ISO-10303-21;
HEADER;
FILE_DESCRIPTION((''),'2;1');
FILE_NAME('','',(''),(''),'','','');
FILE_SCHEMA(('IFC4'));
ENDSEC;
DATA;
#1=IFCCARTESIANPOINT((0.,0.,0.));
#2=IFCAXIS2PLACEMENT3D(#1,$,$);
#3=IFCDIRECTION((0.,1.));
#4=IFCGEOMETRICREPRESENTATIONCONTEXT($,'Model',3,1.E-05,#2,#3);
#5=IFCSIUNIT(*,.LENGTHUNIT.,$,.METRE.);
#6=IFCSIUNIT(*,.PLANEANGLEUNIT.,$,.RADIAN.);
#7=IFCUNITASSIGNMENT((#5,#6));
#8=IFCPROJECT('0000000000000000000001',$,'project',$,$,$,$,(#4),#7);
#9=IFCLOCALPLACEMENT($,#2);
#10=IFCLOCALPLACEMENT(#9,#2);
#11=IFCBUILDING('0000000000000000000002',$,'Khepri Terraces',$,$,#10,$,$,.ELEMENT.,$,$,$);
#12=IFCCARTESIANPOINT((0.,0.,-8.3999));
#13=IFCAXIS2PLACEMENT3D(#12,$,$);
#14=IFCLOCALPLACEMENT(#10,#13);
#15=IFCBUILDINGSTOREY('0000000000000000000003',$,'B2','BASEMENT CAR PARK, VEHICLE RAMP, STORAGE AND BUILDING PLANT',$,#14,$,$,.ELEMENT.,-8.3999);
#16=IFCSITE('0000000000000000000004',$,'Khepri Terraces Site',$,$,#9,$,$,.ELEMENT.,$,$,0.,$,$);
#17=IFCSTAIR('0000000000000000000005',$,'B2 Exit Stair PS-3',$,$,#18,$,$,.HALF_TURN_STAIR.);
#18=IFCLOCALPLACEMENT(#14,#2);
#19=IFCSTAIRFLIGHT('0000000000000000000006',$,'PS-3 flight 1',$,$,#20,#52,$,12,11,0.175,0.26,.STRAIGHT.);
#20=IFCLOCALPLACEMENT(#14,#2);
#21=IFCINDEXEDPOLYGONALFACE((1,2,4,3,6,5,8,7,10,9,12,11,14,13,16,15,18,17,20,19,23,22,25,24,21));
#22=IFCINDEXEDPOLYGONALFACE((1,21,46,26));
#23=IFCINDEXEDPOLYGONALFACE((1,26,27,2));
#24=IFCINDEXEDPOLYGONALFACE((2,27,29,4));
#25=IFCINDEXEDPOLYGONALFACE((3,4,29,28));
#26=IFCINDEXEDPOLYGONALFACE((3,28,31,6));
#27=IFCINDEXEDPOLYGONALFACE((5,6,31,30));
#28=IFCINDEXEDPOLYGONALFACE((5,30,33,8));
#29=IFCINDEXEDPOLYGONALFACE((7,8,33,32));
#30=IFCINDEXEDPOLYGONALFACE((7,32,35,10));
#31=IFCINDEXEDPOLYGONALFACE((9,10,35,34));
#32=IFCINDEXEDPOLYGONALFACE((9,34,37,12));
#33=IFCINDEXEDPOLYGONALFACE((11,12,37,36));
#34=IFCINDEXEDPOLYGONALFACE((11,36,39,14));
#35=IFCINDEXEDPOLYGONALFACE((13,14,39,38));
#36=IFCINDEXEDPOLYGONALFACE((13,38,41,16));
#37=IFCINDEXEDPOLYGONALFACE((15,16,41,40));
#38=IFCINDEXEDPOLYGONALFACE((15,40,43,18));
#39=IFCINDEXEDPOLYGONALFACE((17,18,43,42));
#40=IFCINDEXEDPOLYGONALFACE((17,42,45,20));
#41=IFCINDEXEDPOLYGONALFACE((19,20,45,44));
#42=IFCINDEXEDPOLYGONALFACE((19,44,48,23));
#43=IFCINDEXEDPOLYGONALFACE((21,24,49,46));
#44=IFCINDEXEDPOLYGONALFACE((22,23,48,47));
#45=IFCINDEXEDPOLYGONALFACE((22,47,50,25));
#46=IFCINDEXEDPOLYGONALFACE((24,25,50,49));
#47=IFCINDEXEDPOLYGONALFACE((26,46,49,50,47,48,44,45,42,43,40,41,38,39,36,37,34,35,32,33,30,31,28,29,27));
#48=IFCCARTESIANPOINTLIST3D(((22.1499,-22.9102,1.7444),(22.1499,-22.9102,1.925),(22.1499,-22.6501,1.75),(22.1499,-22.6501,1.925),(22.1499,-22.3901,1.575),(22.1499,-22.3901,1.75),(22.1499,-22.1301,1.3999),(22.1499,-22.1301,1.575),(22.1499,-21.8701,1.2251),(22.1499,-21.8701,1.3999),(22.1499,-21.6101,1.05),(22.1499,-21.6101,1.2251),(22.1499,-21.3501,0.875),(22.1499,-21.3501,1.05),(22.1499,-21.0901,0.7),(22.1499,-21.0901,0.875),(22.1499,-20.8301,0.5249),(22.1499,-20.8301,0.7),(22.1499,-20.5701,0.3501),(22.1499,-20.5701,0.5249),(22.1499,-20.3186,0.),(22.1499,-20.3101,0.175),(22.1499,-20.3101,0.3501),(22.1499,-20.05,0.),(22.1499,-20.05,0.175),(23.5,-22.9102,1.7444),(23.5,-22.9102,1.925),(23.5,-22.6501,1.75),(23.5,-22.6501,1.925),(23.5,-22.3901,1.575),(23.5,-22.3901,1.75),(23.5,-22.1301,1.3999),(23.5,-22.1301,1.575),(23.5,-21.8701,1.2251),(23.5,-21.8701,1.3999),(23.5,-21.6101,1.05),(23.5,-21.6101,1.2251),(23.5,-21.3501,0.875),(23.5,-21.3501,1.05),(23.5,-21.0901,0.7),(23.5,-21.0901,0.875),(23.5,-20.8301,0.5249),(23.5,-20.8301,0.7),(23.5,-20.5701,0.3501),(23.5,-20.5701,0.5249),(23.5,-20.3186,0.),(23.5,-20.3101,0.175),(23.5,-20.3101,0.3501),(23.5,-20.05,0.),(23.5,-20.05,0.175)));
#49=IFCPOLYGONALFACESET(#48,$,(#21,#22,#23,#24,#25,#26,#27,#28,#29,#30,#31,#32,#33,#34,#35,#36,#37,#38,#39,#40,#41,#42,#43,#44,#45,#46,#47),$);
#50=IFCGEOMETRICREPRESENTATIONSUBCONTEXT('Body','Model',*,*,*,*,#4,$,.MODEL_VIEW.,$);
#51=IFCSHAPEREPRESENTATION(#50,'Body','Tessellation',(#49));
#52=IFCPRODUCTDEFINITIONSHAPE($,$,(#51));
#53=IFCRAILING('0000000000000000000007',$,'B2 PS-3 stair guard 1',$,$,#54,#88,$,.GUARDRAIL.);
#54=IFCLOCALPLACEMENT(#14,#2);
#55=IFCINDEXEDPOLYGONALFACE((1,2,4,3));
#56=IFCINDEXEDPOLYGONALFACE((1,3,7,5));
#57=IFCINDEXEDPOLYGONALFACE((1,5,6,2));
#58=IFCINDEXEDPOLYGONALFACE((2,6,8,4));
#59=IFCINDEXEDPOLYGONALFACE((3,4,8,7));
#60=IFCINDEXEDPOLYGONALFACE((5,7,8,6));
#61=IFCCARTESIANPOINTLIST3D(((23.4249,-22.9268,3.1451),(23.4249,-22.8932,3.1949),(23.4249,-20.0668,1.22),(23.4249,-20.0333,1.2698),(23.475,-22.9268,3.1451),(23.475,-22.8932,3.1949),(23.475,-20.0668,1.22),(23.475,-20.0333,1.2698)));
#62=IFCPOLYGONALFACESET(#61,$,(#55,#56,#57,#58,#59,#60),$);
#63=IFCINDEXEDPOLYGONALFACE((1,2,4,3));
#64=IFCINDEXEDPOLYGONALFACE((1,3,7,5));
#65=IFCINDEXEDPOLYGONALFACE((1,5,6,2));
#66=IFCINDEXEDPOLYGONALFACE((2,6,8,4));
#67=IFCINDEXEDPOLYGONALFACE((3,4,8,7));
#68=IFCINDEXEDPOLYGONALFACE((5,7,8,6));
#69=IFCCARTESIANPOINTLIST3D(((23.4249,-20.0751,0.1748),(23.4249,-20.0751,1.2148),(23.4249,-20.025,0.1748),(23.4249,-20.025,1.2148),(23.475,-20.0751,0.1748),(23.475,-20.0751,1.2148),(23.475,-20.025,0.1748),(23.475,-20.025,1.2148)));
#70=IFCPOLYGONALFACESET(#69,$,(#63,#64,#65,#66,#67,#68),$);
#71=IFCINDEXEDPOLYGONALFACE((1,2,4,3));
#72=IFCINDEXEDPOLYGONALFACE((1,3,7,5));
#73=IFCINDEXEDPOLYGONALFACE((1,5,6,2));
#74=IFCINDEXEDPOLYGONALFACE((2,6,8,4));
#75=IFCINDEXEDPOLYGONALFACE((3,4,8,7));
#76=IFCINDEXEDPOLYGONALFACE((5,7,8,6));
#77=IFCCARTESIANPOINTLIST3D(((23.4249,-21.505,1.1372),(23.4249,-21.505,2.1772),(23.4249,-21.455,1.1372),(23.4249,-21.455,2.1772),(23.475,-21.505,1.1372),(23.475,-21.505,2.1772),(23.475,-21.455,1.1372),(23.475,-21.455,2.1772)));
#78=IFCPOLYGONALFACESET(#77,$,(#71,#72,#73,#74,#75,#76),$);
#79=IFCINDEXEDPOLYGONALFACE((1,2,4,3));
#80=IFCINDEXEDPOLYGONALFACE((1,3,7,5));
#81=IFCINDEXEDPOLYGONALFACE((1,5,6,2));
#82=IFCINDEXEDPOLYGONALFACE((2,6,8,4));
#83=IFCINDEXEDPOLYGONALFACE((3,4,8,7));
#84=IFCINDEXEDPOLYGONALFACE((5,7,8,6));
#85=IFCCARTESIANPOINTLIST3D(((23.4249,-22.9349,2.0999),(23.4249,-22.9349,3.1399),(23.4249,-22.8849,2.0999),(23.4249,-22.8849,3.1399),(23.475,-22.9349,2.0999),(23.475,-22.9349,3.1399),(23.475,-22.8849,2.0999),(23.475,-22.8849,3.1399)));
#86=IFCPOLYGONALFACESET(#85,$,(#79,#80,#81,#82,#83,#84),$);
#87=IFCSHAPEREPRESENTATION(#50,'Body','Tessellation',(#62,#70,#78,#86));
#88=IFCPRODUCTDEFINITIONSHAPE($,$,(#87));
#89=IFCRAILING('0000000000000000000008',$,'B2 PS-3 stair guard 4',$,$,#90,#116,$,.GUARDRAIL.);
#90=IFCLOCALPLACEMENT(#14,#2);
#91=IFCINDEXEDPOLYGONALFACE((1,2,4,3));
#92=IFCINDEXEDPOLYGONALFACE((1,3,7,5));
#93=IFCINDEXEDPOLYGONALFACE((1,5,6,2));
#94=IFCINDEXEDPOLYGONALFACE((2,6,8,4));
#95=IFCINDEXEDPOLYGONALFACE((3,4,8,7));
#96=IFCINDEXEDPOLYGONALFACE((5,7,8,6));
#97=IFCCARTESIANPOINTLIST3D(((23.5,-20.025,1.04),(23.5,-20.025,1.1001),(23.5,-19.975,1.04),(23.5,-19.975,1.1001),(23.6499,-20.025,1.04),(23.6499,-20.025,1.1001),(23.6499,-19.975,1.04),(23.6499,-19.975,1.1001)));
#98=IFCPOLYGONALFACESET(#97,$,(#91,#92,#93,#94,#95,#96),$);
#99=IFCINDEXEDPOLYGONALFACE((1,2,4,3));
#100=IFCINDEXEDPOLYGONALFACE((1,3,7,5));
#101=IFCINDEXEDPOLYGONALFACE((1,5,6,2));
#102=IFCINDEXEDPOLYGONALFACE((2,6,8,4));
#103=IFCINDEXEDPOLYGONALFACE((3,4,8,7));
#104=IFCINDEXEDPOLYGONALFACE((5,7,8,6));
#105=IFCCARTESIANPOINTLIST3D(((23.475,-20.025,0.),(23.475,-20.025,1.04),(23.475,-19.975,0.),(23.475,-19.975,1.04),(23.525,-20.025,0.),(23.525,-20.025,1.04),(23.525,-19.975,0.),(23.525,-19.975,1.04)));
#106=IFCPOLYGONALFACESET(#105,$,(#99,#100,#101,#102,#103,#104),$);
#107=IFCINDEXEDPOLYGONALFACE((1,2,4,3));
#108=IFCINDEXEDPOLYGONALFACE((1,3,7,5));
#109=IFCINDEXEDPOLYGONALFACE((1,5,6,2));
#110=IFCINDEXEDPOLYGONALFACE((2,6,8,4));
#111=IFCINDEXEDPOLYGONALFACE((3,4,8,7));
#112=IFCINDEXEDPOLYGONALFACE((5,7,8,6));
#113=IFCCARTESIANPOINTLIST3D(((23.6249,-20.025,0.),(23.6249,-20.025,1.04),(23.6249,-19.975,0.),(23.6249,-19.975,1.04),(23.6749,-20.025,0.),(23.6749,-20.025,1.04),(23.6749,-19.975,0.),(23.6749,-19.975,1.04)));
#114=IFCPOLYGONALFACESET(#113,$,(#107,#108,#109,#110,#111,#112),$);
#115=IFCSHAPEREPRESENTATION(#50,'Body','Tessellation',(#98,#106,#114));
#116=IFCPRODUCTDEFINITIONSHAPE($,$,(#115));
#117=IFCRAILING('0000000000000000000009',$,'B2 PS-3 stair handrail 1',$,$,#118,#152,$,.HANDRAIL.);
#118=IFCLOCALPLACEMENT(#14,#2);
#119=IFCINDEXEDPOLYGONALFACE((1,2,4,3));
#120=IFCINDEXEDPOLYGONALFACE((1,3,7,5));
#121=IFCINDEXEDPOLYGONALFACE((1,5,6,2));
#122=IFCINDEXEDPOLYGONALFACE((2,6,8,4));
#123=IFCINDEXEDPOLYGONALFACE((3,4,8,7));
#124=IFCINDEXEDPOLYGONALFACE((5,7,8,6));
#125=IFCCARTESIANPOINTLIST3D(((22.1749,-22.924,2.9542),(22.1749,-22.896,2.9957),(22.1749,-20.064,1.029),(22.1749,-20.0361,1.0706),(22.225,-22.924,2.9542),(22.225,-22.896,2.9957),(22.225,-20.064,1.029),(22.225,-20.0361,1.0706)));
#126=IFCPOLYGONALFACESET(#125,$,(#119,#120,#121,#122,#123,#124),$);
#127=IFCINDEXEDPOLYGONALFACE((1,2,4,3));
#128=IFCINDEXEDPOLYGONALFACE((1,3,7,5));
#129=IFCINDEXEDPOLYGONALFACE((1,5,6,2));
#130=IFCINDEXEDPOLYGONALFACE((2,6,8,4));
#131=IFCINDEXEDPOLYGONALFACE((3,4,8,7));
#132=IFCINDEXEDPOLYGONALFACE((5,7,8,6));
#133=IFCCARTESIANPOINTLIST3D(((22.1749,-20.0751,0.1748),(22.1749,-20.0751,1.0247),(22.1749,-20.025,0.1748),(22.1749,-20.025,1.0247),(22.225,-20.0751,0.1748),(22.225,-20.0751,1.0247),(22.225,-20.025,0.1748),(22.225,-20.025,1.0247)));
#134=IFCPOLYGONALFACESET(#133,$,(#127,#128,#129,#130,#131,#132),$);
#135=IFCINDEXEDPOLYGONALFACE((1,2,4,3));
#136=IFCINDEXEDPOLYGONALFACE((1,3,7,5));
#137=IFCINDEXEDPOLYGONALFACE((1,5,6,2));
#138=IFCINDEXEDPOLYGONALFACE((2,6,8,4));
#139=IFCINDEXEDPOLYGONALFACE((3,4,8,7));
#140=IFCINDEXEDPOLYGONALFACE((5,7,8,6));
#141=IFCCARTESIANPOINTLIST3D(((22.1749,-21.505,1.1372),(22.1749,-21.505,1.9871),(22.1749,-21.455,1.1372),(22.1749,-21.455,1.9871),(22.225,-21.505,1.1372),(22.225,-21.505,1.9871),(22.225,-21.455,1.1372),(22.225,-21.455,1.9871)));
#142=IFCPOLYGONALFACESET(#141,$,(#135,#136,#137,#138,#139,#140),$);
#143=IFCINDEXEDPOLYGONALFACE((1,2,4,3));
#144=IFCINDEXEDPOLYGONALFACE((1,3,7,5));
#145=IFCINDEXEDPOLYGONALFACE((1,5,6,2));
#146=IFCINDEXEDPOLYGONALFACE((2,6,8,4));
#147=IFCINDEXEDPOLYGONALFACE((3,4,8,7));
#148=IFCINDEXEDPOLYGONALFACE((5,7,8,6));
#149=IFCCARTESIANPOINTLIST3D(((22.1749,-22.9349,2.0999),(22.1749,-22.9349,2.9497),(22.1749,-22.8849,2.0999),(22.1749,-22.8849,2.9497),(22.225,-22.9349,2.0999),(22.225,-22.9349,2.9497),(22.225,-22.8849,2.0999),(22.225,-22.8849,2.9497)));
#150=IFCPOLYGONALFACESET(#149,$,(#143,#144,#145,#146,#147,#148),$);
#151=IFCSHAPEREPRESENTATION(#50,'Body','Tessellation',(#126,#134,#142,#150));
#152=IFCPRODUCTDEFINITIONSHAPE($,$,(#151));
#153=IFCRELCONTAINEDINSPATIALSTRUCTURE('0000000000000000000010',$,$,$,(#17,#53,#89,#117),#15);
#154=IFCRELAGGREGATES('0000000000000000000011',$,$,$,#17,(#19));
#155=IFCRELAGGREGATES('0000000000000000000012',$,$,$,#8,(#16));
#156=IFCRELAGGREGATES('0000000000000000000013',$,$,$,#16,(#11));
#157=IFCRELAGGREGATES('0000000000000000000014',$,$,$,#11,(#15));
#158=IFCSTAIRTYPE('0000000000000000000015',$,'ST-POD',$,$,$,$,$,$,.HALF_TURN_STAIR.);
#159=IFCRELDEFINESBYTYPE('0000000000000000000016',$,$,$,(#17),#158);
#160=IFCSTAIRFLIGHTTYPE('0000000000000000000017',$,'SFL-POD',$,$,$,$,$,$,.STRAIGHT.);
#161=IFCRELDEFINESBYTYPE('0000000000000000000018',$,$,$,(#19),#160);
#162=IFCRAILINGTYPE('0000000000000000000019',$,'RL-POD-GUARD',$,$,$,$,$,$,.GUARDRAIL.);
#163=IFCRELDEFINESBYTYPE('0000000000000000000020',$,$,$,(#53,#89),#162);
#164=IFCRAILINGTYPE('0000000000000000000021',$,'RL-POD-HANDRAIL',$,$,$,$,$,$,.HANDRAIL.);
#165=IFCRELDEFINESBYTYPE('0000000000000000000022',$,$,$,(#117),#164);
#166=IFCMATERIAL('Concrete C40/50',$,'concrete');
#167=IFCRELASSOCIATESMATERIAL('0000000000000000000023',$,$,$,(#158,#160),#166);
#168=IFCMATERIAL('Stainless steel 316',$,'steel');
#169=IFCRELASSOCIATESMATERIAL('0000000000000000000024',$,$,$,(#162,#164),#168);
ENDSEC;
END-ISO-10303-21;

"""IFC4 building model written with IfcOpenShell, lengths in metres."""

from ifc_helpers import new_model, si_unit, direction, frame, origin, origin_2d, place, context, subcontext, project, spatial, polyline, rectangle, outline, extrude, material, type_object, element, aggregate, save


model = new_model("IFC4")

# Units and contexts
model_context = context("Model", 3, precision=1e-05, world=origin(), true_north=direction((0.0, 1.0)))
body_context = subcontext(model_context, "Body", "Model", "MODEL_VIEW")
ifc_project = project(units=[si_unit("LENGTHUNIT", "METRE"), si_unit("PLANEANGLEUNIT", "RADIAN")], contexts=[model_context])

# Site, building, storey
site_placement = place(None, origin())
site = spatial("IfcSite", under=ifc_project, at=site_placement, Name="Khepri Terraces Site", CompositionType="ELEMENT", RefElevation=0.0)
building_placement = place(site_placement, origin())
building = spatial("IfcBuilding", under=site, at=building_placement, Name="Khepri Terraces", CompositionType="ELEMENT")
storey_placement = place(building_placement, frame((0.0, 0.0, -8.3999)))
storey = spatial("IfcBuildingStorey", under=building, at=storey_placement, Name="B2", Description="BASEMENT CAR PARK, VEHICLE RAMP, STORAGE AND BUILDING PLANT", CompositionType="ELEMENT", Elevation=-8.3999)

# Shared definitions
ifc_material_1 = material(Name="Concrete C40/50", Category="concrete")

# Stair, stair flight
stair_type = type_object("IfcStairType", Name="ST-POD", PredefinedType="HALF_TURN_STAIR", material=ifc_material_1)
stair_placement = place(storey_placement, origin())
stair = element("IfcStair", 1, at=stair_placement, inside=storey, type_object=stair_type, Name="B2 Exit Stair PS-3", PredefinedType="HALF_TURN_STAIR")
stair_flight_type = type_object("IfcStairFlightType", Name="SFL-POD", PredefinedType="STRAIGHT", material=ifc_material_1)
stair_flight_placement = place(storey_placement, frame((22.825, -20.05, 0.0), z_axis=(0.0, 0.0, 1.0), x_axis=(0.0, -1.0, 0.0)))
stair_flight = element("IfcStairFlight", 2, at=stair_flight_placement, type_object=stair_flight_type, Name="PS-3 flight 1", NumberOfRisers=12, NumberOfTreads=11, PredefinedType="STRAIGHT", RiserHeight=0.175, TreadLength=0.26, context=body_context, shape_type="SweptSolid", body=[
    extrude(outline(polyline([(0.0, 0.0), (0.0, 0.175), (0.26, 0.175), (0.26, 0.3501), (0.52, 0.3501), (0.52, 0.5249), (0.78, 0.5249), (0.78, 0.7), (1.04, 0.7), (1.04, 0.875), (1.3, 0.875), (1.3, 1.05), (1.5601, 1.05), (1.5601, 1.2251), (1.8201, 1.2251), (1.8201, 1.3999), (2.0801, 1.3999), (2.0801, 1.575), (2.3401, 1.575), (2.3401, 1.75), (2.6001, 1.75), (2.6001, 1.925), (2.8601, 1.925), (2.8601, 2.1001), (2.8601, 1.7444), (0.2686, 0.0), (0.0, 0.0)])), frame((0.0, 0.675, 0.0), z_axis=(0.0, -1.0, 0.0), x_axis=(1.0, 0.0, 0.0)), (0.0, 0.0, 1.0), 1.3501),
])
aggregate(stair, [stair_flight])

# Railings
ifc_material_2 = material(Name="Stainless steel 316", Category="steel")
railing_type_1 = type_object("IfcRailingType", Name="RL-POD-GUARD", PredefinedType="GUARDRAIL", material=ifc_material_2)
railing_1_placement = place(storey_placement, frame((23.45, -20.05, 0.1748)))
element("IfcRailing", 3, at=railing_1_placement, inside=storey, type_object=railing_type_1, Name="B2 PS-3 stair guard 1", PredefinedType="GUARDRAIL", context=body_context, shape_type="SweptSolid", body=[
    extrude(rectangle(XDim=0.05, YDim=0.0601, at=origin_2d()), frame((0.0, 0.0, 1.0701), z_axis=(0.0, -0.829569, 0.558404), x_axis=(1.0, 0.0, 0.0)), (0.0, 0.0, 1.0), 3.4475),
    extrude(rectangle(XDim=0.05, YDim=0.05, at=origin_2d()), origin(), (0.0, 0.0, 1.0), 1.04),
    extrude(rectangle(XDim=0.05, YDim=0.05, at=origin_2d()), frame((0.0, -1.4299, 0.9624)), (0.0, 0.0, 1.0), 1.04),
    extrude(rectangle(XDim=0.05, YDim=0.05, at=origin_2d()), frame((0.0, -2.8599, 1.925)), (0.0, 0.0, 1.0), 1.04),
])
railing_2_placement = place(storey_placement, frame((23.5, -20.0, 0.0)))
element("IfcRailing", 4, at=railing_2_placement, inside=storey, type_object=railing_type_1, Name="B2 PS-3 stair guard 4", PredefinedType="GUARDRAIL", context=body_context, shape_type="SweptSolid", body=[
    extrude(rectangle(XDim=0.05, YDim=0.0601, at=origin_2d()), frame((0.0, 0.0, 1.0701), z_axis=(1.0, 0.0, 0.0), x_axis=(0.0, 1.0, 0.0)), (0.0, 0.0, 1.0), 0.1499),
    extrude(rectangle(XDim=0.05, YDim=0.05, at=origin_2d()), origin(), (0.0, 0.0, 1.0), 1.04),
    extrude(rectangle(XDim=0.05, YDim=0.05, at=origin_2d()), frame((0.1499, 0.0, 0.0)), (0.0, 0.0, 1.0), 1.04),
])
railing_type_2 = type_object("IfcRailingType", Name="RL-POD-HANDRAIL", PredefinedType="HANDRAIL", material=ifc_material_2)
railing_3_placement = place(storey_placement, frame((22.2, -20.05, 0.1748)))
element("IfcRailing", 5, at=railing_3_placement, inside=storey, type_object=railing_type_2, Name="B2 PS-3 stair handrail 1", PredefinedType="HANDRAIL", context=body_context, shape_type="SweptSolid", body=[
    extrude(rectangle(XDim=0.05, YDim=0.05, at=origin_2d()), frame((0.0, 0.0, 0.875), z_axis=(0.0, -0.829569, 0.558404), x_axis=(1.0, 0.0, 0.0)), (0.0, 0.0, 1.0), 3.4475),
    extrude(rectangle(XDim=0.05, YDim=0.05, at=origin_2d()), origin(), (0.0, 0.0, 1.0), 0.8499),
    extrude(rectangle(XDim=0.05, YDim=0.05, at=origin_2d()), frame((0.0, -1.4299, 0.9624)), (0.0, 0.0, 1.0), 0.8499),
    extrude(rectangle(XDim=0.05, YDim=0.05, at=origin_2d()), frame((0.0, -2.8599, 1.925)), (0.0, 0.0, 1.0), 0.8499),
])

save(model, "model.ifc")
